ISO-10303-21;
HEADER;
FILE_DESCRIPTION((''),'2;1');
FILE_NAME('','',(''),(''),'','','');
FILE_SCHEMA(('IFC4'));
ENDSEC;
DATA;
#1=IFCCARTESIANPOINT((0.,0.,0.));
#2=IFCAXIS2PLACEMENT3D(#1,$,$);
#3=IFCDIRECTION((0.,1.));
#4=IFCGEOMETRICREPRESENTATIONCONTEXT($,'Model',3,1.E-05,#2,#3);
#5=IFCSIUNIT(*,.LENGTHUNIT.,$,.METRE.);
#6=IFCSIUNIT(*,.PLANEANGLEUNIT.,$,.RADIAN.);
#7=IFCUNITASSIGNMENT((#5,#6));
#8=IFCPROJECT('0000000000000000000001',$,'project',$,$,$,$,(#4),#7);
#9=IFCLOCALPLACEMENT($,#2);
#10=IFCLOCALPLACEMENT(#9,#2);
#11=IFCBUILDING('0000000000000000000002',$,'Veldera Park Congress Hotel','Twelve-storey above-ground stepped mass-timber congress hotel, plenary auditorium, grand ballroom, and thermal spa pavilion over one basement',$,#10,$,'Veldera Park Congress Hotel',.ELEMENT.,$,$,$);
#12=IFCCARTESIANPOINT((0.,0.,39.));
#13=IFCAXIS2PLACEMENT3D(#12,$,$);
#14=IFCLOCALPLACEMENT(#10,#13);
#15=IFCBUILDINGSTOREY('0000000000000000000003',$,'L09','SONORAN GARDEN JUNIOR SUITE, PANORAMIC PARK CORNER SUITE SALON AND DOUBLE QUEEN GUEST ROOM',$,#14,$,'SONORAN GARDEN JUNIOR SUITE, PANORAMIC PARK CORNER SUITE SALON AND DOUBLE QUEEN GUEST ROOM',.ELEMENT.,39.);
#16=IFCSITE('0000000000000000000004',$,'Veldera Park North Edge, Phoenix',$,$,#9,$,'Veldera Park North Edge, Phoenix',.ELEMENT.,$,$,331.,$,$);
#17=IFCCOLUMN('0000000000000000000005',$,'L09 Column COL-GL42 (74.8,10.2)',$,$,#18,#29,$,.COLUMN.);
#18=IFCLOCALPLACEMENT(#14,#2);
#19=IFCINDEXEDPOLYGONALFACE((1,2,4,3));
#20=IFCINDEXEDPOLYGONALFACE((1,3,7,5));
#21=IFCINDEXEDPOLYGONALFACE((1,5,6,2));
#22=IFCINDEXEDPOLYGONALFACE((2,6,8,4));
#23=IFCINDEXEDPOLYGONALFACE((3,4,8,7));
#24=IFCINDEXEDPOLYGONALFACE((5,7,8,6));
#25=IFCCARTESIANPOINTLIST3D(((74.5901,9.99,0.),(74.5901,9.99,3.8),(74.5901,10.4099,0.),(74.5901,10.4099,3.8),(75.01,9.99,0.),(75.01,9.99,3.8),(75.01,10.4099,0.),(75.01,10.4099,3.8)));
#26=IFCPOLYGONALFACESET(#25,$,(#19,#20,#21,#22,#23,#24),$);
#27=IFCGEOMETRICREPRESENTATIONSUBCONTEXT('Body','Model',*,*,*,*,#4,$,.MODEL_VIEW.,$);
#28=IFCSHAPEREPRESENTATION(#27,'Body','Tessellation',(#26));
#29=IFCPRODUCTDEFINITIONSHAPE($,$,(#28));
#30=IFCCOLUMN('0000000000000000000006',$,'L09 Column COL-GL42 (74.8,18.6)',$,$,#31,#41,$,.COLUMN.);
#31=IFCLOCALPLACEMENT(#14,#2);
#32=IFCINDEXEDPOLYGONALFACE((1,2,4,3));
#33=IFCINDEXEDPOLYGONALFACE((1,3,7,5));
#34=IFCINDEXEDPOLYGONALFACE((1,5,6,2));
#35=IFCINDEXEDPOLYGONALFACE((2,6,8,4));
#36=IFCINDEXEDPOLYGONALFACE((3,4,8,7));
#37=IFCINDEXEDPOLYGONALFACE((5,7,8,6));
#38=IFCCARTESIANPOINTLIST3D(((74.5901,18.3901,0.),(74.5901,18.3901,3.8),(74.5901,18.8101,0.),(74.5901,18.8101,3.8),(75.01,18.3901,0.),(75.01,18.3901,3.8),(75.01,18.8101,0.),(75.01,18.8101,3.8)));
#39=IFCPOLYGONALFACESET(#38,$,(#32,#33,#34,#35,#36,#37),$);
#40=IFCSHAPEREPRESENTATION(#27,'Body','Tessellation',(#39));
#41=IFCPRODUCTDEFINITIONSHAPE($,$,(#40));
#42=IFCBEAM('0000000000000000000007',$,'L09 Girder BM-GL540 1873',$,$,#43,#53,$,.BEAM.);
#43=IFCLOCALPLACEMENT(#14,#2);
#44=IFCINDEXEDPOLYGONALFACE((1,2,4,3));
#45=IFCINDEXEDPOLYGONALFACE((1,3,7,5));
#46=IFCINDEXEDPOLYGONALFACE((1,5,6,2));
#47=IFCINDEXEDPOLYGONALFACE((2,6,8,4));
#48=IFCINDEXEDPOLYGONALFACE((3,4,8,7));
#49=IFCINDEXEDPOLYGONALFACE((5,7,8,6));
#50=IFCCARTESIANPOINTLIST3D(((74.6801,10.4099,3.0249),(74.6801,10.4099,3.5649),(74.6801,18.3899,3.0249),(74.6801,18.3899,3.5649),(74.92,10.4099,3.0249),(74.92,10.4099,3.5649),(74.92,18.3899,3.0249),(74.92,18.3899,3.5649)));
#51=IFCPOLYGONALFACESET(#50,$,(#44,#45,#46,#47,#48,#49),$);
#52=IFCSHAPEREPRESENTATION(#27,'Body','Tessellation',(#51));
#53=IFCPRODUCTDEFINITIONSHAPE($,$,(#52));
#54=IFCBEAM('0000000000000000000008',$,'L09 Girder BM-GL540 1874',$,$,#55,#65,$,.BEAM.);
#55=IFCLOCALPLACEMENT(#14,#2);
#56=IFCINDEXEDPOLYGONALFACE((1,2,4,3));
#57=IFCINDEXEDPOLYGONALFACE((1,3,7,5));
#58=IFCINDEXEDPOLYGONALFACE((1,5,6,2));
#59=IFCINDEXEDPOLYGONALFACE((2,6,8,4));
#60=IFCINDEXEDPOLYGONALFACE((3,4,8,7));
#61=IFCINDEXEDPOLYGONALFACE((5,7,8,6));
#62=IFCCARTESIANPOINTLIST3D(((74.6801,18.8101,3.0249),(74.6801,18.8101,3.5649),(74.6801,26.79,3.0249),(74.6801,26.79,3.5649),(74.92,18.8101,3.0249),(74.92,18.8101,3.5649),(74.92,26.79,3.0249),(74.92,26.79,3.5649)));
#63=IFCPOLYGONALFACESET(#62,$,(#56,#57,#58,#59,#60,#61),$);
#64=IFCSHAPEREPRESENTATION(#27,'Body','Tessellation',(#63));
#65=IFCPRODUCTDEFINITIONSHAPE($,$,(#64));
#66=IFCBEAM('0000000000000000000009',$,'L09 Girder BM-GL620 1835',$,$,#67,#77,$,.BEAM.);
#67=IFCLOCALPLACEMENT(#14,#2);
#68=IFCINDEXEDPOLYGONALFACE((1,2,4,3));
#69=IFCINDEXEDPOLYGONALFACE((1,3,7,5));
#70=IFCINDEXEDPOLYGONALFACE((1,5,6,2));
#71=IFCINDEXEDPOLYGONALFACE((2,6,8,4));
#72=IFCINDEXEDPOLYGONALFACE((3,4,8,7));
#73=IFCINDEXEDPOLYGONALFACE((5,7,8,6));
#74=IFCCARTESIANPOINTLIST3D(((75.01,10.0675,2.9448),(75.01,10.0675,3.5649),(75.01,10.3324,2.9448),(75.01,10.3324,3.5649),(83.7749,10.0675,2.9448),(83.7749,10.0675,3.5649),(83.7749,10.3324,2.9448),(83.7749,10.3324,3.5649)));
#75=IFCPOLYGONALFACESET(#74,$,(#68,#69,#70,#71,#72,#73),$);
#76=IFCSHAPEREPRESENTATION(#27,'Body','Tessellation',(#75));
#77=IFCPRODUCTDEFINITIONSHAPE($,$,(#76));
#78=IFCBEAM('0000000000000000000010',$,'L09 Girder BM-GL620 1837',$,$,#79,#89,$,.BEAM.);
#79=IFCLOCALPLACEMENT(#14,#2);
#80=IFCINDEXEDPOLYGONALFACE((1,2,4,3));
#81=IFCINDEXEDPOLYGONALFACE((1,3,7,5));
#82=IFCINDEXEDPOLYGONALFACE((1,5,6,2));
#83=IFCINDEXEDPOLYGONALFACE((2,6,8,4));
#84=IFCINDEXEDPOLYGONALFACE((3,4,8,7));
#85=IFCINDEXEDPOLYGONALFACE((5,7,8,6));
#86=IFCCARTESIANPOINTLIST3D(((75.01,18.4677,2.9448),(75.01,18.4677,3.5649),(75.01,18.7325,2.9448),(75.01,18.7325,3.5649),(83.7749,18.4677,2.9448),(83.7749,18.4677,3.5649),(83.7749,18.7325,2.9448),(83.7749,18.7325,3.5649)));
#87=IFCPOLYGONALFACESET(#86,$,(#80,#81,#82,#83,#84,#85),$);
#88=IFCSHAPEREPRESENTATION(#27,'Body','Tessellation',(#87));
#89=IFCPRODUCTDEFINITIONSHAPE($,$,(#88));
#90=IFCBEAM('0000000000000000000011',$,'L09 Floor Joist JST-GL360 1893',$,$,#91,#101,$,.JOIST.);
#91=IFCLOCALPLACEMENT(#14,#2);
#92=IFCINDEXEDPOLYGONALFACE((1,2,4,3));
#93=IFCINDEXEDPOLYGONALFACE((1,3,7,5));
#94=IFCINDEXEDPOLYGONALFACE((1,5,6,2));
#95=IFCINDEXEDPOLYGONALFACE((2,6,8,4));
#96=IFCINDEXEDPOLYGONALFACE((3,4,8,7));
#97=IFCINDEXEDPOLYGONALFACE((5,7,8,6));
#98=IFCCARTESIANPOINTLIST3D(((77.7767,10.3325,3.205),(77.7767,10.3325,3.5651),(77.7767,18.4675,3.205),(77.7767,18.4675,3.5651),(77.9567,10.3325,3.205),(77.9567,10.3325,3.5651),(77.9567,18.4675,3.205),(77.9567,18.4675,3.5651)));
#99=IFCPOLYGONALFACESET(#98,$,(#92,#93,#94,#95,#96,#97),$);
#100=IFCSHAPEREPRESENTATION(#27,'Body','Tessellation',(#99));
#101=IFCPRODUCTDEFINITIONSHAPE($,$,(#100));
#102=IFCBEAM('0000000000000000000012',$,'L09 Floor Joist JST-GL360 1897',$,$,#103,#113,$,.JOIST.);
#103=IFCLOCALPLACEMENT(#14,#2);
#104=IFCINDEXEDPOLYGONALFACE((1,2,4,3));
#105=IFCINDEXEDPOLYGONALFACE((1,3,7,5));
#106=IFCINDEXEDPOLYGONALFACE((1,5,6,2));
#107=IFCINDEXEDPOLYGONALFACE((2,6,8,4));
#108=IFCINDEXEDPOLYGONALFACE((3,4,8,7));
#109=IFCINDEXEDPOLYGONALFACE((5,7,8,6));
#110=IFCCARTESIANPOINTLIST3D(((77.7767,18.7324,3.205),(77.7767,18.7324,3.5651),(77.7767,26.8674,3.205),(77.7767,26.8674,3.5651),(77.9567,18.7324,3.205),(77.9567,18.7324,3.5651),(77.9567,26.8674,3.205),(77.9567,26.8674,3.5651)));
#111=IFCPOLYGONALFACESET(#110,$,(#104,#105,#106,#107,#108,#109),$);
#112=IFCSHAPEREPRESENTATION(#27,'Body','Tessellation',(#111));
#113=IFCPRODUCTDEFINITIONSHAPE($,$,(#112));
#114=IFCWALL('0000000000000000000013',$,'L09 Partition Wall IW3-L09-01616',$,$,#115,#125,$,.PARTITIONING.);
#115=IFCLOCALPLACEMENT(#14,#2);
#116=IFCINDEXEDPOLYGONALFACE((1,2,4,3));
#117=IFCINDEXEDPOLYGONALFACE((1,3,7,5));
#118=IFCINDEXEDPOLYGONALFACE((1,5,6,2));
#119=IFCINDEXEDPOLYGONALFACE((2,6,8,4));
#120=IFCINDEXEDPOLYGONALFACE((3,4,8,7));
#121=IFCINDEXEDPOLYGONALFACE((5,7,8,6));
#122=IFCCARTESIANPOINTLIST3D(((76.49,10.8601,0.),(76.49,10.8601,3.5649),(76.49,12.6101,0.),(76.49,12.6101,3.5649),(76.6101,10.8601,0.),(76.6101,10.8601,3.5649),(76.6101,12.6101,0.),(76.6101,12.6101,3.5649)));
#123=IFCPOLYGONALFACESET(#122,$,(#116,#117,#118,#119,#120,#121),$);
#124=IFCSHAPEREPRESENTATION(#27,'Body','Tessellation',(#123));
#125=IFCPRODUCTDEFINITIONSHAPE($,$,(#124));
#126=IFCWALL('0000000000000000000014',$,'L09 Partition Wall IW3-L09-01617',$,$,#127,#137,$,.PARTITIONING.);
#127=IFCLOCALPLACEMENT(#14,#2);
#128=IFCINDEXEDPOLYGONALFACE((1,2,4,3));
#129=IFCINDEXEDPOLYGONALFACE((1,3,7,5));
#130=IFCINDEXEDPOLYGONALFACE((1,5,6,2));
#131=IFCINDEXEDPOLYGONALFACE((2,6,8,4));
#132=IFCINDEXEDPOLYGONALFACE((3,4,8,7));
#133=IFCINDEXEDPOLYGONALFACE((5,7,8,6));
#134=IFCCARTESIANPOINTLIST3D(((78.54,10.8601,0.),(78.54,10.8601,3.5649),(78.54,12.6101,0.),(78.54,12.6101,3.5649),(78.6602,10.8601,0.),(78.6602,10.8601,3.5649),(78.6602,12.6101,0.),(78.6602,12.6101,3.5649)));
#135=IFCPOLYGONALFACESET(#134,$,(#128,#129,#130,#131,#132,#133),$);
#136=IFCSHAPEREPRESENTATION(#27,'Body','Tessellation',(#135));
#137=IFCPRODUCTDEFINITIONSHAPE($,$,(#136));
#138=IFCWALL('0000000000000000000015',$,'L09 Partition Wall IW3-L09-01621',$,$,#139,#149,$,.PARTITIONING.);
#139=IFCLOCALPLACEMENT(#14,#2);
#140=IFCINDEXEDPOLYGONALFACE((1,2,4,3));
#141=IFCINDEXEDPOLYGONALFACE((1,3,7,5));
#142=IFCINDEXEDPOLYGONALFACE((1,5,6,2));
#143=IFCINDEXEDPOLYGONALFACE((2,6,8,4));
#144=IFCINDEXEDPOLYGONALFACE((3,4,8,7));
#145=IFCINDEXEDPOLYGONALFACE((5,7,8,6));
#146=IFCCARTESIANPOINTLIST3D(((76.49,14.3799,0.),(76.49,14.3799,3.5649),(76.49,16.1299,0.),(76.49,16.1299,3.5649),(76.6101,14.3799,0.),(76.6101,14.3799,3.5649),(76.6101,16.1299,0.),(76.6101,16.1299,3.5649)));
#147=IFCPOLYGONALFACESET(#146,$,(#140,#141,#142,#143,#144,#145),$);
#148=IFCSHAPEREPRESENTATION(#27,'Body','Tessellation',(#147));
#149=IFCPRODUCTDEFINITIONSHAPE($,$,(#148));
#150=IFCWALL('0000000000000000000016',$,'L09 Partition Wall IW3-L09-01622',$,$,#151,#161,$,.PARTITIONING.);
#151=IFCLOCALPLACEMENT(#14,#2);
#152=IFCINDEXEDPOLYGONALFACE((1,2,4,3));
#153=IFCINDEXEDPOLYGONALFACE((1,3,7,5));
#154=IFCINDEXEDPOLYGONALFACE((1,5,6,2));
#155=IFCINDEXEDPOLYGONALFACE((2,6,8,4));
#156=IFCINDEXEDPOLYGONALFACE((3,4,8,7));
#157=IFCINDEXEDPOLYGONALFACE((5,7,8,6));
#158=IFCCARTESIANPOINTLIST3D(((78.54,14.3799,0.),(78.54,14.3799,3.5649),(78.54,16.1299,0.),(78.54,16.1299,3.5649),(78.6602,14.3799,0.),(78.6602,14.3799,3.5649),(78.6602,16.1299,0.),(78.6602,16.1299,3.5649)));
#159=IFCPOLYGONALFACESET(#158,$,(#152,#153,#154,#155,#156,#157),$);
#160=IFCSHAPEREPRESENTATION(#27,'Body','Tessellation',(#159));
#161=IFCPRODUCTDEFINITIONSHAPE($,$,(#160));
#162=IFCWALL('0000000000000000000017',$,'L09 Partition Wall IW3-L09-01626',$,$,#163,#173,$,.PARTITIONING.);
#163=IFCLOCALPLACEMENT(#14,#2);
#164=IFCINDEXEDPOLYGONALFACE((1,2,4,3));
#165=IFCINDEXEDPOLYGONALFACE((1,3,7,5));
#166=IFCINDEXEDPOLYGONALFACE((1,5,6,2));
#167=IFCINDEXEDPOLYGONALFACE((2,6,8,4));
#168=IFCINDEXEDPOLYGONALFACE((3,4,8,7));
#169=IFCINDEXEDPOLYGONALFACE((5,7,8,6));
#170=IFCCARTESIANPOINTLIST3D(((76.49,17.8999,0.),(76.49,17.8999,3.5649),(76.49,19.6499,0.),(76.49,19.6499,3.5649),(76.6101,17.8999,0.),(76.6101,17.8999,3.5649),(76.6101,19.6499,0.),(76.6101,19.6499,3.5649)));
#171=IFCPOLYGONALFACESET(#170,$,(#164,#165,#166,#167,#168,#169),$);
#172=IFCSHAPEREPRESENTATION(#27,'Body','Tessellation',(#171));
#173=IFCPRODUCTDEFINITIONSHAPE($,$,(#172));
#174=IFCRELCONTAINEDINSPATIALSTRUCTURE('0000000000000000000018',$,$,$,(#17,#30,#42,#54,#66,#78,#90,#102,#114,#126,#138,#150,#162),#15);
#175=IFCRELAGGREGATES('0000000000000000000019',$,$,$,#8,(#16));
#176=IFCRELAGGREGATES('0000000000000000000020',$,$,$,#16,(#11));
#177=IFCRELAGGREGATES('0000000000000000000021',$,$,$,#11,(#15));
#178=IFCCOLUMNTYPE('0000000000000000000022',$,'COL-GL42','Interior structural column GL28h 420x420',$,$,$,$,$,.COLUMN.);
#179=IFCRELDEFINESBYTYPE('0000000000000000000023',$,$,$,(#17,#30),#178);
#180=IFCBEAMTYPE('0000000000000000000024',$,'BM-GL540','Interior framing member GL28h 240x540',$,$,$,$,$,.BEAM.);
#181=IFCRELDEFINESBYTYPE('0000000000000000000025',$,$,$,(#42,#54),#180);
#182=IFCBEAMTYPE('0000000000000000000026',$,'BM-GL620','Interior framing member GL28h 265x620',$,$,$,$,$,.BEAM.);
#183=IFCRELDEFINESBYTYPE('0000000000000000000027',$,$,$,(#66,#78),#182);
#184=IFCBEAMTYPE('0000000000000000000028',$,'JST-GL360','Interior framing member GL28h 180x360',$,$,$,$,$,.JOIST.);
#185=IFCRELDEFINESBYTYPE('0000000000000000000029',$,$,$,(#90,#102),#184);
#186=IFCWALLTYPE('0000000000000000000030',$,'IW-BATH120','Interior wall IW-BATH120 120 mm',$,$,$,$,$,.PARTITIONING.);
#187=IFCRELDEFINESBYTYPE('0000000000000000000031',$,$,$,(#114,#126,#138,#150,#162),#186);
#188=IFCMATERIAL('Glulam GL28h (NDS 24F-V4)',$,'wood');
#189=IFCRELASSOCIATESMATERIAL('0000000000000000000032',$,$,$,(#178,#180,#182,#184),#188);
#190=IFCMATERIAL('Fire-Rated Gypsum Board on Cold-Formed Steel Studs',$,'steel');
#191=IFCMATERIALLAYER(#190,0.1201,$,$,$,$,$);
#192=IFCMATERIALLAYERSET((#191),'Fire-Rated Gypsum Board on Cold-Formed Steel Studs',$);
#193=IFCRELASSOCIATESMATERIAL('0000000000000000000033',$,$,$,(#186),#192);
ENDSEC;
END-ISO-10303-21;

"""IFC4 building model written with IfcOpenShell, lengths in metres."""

from ifc_helpers import new_model, si_unit, direction, frame, frame_2d, origin, origin_2d, place, context, subcontext, project, spatial, rectangle, extrude, material, layer, layer_set, material_profile, profile_set, type_object, element, save


model = new_model("IFC4")

# Units and contexts
model_context = context("Model", 3, precision=1e-05, world=origin(), true_north=direction((0.0, 1.0)))
body_context = subcontext(model_context, "Body", "Model", "MODEL_VIEW")
ifc_project = project(units=[si_unit("LENGTHUNIT", "METRE"), si_unit("PLANEANGLEUNIT", "RADIAN")], contexts=[model_context])

# Site, building, storey
site_placement = place(None, origin())
site = spatial("IfcSite", under=ifc_project, at=site_placement, Name="Veldera Park North Edge, Phoenix", LongName="Veldera Park North Edge, Phoenix", CompositionType="ELEMENT", RefElevation=331.0)
building_placement = place(site_placement, origin())
building = spatial("IfcBuilding", under=site, at=building_placement, Name="Veldera Park Congress Hotel", Description="Twelve-storey above-ground stepped mass-timber congress hotel, plenary auditorium, grand ballroom, and thermal spa pavilion over one basement", LongName="Veldera Park Congress Hotel", CompositionType="ELEMENT")
storey_placement = place(building_placement, frame((0.0, 0.0, 39.0)))
storey = spatial("IfcBuildingStorey", under=building, at=storey_placement, Name="L09", Description="SONORAN GARDEN JUNIOR SUITE, PANORAMIC PARK CORNER SUITE SALON AND DOUBLE QUEEN GUEST ROOM", LongName="SONORAN GARDEN JUNIOR SUITE, PANORAMIC PARK CORNER SUITE SALON AND DOUBLE QUEEN GUEST ROOM", CompositionType="ELEMENT", Elevation=39.0)

# Columns
ifc_material_1 = material(Name="Glulam GL28h (NDS 24F-V4)", Category="wood")
ifc_material_profile_1 = material_profile(ifc_material_1, rectangle(XDim=0.4199, YDim=0.4199, at=origin_2d()), Name="GL28h 420x420")
ifc_profile_set_1 = profile_set([ifc_material_profile_1], Name="Glulam GL28h (NDS 24F-V4)")
column_type = type_object("IfcColumnType", Name="COL-GL42", Description="Interior structural column GL28h 420x420", PredefinedType="COLUMN", material=ifc_profile_set_1)
for number, where, z_axis, x_axis, name in (
    (1, (74.8, 10.2, 0.0), (0.0, 0.0, 1.0), (1.0, 0.0, 0.0), "L09 Column COL-GL42 (74.8,10.2)"),
    (2, (74.8, 18.6001, 0.0), (0.0, 0.0, 1.0), (1.0, 0.0, 0.0), "L09 Column COL-GL42 (74.8,18.6)"),
):
    element("IfcColumn", number, at=place(storey_placement, frame(where, z_axis=z_axis, x_axis=x_axis)), inside=storey, type_object=column_type, Name=name, PredefinedType="COLUMN", context=body_context, shape_type="SweptSolid", body=[
        extrude(rectangle(XDim=0.4199, YDim=0.4199, at=origin_2d()), origin(), (0.0, 0.0, 1.0), 3.8),
    ])

# Beams
ifc_material_profile_2 = material_profile(ifc_material_1, rectangle(XDim=0.24, YDim=0.54, at=origin_2d()), Name="GL28h 240x540")
ifc_profile_set_2 = profile_set([ifc_material_profile_2], Name="Glulam GL28h (NDS 24F-V4)")
beam_type_1 = type_object("IfcBeamType", Name="BM-GL540", Description="Interior framing member GL28h 240x540", PredefinedType="BEAM", material=ifc_profile_set_2)
for number, where, z_axis, x_axis, name in (
    (3, (74.8, 10.4099, 3.2949), (0.0, 1.0, 0.0), (-1.0, 0.0, 0.0), "L09 Girder BM-GL540 1873"),
    (4, (74.8, 18.8101, 3.2949), (0.0, 1.0, 0.0), (-1.0, 0.0, 0.0), "L09 Girder BM-GL540 1874"),
):
    element("IfcBeam", number, at=place(storey_placement, frame(where, z_axis=z_axis, x_axis=x_axis)), inside=storey, type_object=beam_type_1, Name=name, PredefinedType="BEAM", context=body_context, shape_type="SweptSolid", body=[
        extrude(rectangle(XDim=0.24, YDim=0.54, at=origin_2d()), origin(), (0.0, 0.0, 1.0), 7.98),
    ])
ifc_material_profile_3 = material_profile(ifc_material_1, rectangle(XDim=0.2649, YDim=0.6201, at=origin_2d()), Name="GL28h 265x620")
ifc_profile_set_3 = profile_set([ifc_material_profile_3], Name="Glulam GL28h (NDS 24F-V4)")
beam_type_2 = type_object("IfcBeamType", Name="BM-GL620", Description="Interior framing member GL28h 265x620", PredefinedType="BEAM", material=ifc_profile_set_3)
for number, where, z_axis, x_axis, name in (
    (5, (75.01, 10.2, 3.2549), (1.0, 0.0, 0.0), (0.0, 1.0, 0.0), "L09 Girder BM-GL620 1835"),
    (6, (75.01, 18.6001, 3.2549), (1.0, 0.0, 0.0), (0.0, 1.0, 0.0), "L09 Girder BM-GL620 1837"),
):
    element("IfcBeam", number, at=place(storey_placement, frame(where, z_axis=z_axis, x_axis=x_axis)), inside=storey, type_object=beam_type_2, Name=name, PredefinedType="BEAM", context=body_context, shape_type="SweptSolid", body=[
        extrude(rectangle(XDim=0.2649, YDim=0.6201, at=origin_2d()), origin(), (0.0, 0.0, 1.0), 8.7649),
    ])
ifc_material_profile_4 = material_profile(ifc_material_1, rectangle(XDim=0.1799, YDim=0.3601, at=origin_2d()), Name="GL28h 180x360")
ifc_profile_set_4 = profile_set([ifc_material_profile_4], Name="Glulam GL28h (NDS 24F-V4)")
beam_type_3 = type_object("IfcBeamType", Name="JST-GL360", Description="Interior framing member GL28h 180x360", PredefinedType="JOIST", material=ifc_profile_set_4)
for number, where, z_axis, x_axis, name in (
    (7, (77.8667, 10.3325, 3.385), (0.0, 1.0, 0.0), (-1.0, 0.0, 0.0), "L09 Floor Joist JST-GL360 1893"),
    (8, (77.8667, 18.7324, 3.385), (0.0, 1.0, 0.0), (-1.0, 0.0, 0.0), "L09 Floor Joist JST-GL360 1897"),
):
    element("IfcBeam", number, at=place(storey_placement, frame(where, z_axis=z_axis, x_axis=x_axis)), inside=storey, type_object=beam_type_3, Name=name, PredefinedType="JOIST", context=body_context, shape_type="SweptSolid", body=[
        extrude(rectangle(XDim=0.1799, YDim=0.3601, at=origin_2d()), origin(), (0.0, 0.0, 1.0), 8.135),
    ])

# Walls
ifc_material_2 = material(Name="Fire-Rated Gypsum Board on Cold-Formed Steel Studs", Category="steel")
ifc_layer = layer(ifc_material_2, 0.1201)
ifc_layer_set = layer_set([ifc_layer], Name="Fire-Rated Gypsum Board on Cold-Formed Steel Studs")
wall_type = type_object("IfcWallType", Name="IW-BATH120", Description="Interior wall IW-BATH120 120 mm", PredefinedType="PARTITIONING", material=ifc_layer_set)
for number, where, z_axis, x_axis, name in (
    (9, (76.55, 10.8601, 0.0), (0.0, 0.0, 1.0), (0.0, 1.0, 0.0), "L09 Partition Wall IW3-L09-01616"),
    (10, (78.6001, 10.8601, 0.0), (0.0, 0.0, 1.0), (0.0, 1.0, 0.0), "L09 Partition Wall IW3-L09-01617"),
):
    element("IfcWall", number, at=place(storey_placement, frame(where, z_axis=z_axis, x_axis=x_axis)), inside=storey, type_object=wall_type, Name=name, PredefinedType="PARTITIONING", context=body_context, shape_type="SweptSolid", body=[
        extrude(rectangle(XDim=1.75, YDim=0.1201, at=frame_2d((0.875, 0.0))), origin(), (0.0, 0.0, 1.0), 3.5649),
    ])

# Walls
for number, where, z_axis, x_axis, name in (
    (11, (76.55, 14.3799, 0.0), (0.0, 0.0, 1.0), (0.0, 1.0, 0.0), "L09 Partition Wall IW3-L09-01621"),
    (12, (78.6001, 14.3799, 0.0), (0.0, 0.0, 1.0), (0.0, 1.0, 0.0), "L09 Partition Wall IW3-L09-01622"),
):
    element("IfcWall", number, at=place(storey_placement, frame(where, z_axis=z_axis, x_axis=x_axis)), inside=storey, type_object=wall_type, Name=name, PredefinedType="PARTITIONING", context=body_context, shape_type="SweptSolid", body=[
        extrude(rectangle(XDim=1.75, YDim=0.1201, at=frame_2d((0.875, 0.0))), origin(), (0.0, 0.0, 1.0), 3.5649),
    ])

# Wall
wall_1_placement = place(storey_placement, frame((76.55, 17.8999, 0.0), z_axis=(0.0, 0.0, 1.0), x_axis=(0.0, 1.0, 0.0)))
element("IfcWall", 13, at=wall_1_placement, inside=storey, type_object=wall_type, Name="L09 Partition Wall IW3-L09-01626", PredefinedType="PARTITIONING", context=body_context, shape_type="SweptSolid", body=[
    extrude(rectangle(XDim=1.75, YDim=0.1201, at=frame_2d((0.875, 0.0))), origin(), (0.0, 0.0, 1.0), 3.5649),
])

save(model, "model.ifc")
